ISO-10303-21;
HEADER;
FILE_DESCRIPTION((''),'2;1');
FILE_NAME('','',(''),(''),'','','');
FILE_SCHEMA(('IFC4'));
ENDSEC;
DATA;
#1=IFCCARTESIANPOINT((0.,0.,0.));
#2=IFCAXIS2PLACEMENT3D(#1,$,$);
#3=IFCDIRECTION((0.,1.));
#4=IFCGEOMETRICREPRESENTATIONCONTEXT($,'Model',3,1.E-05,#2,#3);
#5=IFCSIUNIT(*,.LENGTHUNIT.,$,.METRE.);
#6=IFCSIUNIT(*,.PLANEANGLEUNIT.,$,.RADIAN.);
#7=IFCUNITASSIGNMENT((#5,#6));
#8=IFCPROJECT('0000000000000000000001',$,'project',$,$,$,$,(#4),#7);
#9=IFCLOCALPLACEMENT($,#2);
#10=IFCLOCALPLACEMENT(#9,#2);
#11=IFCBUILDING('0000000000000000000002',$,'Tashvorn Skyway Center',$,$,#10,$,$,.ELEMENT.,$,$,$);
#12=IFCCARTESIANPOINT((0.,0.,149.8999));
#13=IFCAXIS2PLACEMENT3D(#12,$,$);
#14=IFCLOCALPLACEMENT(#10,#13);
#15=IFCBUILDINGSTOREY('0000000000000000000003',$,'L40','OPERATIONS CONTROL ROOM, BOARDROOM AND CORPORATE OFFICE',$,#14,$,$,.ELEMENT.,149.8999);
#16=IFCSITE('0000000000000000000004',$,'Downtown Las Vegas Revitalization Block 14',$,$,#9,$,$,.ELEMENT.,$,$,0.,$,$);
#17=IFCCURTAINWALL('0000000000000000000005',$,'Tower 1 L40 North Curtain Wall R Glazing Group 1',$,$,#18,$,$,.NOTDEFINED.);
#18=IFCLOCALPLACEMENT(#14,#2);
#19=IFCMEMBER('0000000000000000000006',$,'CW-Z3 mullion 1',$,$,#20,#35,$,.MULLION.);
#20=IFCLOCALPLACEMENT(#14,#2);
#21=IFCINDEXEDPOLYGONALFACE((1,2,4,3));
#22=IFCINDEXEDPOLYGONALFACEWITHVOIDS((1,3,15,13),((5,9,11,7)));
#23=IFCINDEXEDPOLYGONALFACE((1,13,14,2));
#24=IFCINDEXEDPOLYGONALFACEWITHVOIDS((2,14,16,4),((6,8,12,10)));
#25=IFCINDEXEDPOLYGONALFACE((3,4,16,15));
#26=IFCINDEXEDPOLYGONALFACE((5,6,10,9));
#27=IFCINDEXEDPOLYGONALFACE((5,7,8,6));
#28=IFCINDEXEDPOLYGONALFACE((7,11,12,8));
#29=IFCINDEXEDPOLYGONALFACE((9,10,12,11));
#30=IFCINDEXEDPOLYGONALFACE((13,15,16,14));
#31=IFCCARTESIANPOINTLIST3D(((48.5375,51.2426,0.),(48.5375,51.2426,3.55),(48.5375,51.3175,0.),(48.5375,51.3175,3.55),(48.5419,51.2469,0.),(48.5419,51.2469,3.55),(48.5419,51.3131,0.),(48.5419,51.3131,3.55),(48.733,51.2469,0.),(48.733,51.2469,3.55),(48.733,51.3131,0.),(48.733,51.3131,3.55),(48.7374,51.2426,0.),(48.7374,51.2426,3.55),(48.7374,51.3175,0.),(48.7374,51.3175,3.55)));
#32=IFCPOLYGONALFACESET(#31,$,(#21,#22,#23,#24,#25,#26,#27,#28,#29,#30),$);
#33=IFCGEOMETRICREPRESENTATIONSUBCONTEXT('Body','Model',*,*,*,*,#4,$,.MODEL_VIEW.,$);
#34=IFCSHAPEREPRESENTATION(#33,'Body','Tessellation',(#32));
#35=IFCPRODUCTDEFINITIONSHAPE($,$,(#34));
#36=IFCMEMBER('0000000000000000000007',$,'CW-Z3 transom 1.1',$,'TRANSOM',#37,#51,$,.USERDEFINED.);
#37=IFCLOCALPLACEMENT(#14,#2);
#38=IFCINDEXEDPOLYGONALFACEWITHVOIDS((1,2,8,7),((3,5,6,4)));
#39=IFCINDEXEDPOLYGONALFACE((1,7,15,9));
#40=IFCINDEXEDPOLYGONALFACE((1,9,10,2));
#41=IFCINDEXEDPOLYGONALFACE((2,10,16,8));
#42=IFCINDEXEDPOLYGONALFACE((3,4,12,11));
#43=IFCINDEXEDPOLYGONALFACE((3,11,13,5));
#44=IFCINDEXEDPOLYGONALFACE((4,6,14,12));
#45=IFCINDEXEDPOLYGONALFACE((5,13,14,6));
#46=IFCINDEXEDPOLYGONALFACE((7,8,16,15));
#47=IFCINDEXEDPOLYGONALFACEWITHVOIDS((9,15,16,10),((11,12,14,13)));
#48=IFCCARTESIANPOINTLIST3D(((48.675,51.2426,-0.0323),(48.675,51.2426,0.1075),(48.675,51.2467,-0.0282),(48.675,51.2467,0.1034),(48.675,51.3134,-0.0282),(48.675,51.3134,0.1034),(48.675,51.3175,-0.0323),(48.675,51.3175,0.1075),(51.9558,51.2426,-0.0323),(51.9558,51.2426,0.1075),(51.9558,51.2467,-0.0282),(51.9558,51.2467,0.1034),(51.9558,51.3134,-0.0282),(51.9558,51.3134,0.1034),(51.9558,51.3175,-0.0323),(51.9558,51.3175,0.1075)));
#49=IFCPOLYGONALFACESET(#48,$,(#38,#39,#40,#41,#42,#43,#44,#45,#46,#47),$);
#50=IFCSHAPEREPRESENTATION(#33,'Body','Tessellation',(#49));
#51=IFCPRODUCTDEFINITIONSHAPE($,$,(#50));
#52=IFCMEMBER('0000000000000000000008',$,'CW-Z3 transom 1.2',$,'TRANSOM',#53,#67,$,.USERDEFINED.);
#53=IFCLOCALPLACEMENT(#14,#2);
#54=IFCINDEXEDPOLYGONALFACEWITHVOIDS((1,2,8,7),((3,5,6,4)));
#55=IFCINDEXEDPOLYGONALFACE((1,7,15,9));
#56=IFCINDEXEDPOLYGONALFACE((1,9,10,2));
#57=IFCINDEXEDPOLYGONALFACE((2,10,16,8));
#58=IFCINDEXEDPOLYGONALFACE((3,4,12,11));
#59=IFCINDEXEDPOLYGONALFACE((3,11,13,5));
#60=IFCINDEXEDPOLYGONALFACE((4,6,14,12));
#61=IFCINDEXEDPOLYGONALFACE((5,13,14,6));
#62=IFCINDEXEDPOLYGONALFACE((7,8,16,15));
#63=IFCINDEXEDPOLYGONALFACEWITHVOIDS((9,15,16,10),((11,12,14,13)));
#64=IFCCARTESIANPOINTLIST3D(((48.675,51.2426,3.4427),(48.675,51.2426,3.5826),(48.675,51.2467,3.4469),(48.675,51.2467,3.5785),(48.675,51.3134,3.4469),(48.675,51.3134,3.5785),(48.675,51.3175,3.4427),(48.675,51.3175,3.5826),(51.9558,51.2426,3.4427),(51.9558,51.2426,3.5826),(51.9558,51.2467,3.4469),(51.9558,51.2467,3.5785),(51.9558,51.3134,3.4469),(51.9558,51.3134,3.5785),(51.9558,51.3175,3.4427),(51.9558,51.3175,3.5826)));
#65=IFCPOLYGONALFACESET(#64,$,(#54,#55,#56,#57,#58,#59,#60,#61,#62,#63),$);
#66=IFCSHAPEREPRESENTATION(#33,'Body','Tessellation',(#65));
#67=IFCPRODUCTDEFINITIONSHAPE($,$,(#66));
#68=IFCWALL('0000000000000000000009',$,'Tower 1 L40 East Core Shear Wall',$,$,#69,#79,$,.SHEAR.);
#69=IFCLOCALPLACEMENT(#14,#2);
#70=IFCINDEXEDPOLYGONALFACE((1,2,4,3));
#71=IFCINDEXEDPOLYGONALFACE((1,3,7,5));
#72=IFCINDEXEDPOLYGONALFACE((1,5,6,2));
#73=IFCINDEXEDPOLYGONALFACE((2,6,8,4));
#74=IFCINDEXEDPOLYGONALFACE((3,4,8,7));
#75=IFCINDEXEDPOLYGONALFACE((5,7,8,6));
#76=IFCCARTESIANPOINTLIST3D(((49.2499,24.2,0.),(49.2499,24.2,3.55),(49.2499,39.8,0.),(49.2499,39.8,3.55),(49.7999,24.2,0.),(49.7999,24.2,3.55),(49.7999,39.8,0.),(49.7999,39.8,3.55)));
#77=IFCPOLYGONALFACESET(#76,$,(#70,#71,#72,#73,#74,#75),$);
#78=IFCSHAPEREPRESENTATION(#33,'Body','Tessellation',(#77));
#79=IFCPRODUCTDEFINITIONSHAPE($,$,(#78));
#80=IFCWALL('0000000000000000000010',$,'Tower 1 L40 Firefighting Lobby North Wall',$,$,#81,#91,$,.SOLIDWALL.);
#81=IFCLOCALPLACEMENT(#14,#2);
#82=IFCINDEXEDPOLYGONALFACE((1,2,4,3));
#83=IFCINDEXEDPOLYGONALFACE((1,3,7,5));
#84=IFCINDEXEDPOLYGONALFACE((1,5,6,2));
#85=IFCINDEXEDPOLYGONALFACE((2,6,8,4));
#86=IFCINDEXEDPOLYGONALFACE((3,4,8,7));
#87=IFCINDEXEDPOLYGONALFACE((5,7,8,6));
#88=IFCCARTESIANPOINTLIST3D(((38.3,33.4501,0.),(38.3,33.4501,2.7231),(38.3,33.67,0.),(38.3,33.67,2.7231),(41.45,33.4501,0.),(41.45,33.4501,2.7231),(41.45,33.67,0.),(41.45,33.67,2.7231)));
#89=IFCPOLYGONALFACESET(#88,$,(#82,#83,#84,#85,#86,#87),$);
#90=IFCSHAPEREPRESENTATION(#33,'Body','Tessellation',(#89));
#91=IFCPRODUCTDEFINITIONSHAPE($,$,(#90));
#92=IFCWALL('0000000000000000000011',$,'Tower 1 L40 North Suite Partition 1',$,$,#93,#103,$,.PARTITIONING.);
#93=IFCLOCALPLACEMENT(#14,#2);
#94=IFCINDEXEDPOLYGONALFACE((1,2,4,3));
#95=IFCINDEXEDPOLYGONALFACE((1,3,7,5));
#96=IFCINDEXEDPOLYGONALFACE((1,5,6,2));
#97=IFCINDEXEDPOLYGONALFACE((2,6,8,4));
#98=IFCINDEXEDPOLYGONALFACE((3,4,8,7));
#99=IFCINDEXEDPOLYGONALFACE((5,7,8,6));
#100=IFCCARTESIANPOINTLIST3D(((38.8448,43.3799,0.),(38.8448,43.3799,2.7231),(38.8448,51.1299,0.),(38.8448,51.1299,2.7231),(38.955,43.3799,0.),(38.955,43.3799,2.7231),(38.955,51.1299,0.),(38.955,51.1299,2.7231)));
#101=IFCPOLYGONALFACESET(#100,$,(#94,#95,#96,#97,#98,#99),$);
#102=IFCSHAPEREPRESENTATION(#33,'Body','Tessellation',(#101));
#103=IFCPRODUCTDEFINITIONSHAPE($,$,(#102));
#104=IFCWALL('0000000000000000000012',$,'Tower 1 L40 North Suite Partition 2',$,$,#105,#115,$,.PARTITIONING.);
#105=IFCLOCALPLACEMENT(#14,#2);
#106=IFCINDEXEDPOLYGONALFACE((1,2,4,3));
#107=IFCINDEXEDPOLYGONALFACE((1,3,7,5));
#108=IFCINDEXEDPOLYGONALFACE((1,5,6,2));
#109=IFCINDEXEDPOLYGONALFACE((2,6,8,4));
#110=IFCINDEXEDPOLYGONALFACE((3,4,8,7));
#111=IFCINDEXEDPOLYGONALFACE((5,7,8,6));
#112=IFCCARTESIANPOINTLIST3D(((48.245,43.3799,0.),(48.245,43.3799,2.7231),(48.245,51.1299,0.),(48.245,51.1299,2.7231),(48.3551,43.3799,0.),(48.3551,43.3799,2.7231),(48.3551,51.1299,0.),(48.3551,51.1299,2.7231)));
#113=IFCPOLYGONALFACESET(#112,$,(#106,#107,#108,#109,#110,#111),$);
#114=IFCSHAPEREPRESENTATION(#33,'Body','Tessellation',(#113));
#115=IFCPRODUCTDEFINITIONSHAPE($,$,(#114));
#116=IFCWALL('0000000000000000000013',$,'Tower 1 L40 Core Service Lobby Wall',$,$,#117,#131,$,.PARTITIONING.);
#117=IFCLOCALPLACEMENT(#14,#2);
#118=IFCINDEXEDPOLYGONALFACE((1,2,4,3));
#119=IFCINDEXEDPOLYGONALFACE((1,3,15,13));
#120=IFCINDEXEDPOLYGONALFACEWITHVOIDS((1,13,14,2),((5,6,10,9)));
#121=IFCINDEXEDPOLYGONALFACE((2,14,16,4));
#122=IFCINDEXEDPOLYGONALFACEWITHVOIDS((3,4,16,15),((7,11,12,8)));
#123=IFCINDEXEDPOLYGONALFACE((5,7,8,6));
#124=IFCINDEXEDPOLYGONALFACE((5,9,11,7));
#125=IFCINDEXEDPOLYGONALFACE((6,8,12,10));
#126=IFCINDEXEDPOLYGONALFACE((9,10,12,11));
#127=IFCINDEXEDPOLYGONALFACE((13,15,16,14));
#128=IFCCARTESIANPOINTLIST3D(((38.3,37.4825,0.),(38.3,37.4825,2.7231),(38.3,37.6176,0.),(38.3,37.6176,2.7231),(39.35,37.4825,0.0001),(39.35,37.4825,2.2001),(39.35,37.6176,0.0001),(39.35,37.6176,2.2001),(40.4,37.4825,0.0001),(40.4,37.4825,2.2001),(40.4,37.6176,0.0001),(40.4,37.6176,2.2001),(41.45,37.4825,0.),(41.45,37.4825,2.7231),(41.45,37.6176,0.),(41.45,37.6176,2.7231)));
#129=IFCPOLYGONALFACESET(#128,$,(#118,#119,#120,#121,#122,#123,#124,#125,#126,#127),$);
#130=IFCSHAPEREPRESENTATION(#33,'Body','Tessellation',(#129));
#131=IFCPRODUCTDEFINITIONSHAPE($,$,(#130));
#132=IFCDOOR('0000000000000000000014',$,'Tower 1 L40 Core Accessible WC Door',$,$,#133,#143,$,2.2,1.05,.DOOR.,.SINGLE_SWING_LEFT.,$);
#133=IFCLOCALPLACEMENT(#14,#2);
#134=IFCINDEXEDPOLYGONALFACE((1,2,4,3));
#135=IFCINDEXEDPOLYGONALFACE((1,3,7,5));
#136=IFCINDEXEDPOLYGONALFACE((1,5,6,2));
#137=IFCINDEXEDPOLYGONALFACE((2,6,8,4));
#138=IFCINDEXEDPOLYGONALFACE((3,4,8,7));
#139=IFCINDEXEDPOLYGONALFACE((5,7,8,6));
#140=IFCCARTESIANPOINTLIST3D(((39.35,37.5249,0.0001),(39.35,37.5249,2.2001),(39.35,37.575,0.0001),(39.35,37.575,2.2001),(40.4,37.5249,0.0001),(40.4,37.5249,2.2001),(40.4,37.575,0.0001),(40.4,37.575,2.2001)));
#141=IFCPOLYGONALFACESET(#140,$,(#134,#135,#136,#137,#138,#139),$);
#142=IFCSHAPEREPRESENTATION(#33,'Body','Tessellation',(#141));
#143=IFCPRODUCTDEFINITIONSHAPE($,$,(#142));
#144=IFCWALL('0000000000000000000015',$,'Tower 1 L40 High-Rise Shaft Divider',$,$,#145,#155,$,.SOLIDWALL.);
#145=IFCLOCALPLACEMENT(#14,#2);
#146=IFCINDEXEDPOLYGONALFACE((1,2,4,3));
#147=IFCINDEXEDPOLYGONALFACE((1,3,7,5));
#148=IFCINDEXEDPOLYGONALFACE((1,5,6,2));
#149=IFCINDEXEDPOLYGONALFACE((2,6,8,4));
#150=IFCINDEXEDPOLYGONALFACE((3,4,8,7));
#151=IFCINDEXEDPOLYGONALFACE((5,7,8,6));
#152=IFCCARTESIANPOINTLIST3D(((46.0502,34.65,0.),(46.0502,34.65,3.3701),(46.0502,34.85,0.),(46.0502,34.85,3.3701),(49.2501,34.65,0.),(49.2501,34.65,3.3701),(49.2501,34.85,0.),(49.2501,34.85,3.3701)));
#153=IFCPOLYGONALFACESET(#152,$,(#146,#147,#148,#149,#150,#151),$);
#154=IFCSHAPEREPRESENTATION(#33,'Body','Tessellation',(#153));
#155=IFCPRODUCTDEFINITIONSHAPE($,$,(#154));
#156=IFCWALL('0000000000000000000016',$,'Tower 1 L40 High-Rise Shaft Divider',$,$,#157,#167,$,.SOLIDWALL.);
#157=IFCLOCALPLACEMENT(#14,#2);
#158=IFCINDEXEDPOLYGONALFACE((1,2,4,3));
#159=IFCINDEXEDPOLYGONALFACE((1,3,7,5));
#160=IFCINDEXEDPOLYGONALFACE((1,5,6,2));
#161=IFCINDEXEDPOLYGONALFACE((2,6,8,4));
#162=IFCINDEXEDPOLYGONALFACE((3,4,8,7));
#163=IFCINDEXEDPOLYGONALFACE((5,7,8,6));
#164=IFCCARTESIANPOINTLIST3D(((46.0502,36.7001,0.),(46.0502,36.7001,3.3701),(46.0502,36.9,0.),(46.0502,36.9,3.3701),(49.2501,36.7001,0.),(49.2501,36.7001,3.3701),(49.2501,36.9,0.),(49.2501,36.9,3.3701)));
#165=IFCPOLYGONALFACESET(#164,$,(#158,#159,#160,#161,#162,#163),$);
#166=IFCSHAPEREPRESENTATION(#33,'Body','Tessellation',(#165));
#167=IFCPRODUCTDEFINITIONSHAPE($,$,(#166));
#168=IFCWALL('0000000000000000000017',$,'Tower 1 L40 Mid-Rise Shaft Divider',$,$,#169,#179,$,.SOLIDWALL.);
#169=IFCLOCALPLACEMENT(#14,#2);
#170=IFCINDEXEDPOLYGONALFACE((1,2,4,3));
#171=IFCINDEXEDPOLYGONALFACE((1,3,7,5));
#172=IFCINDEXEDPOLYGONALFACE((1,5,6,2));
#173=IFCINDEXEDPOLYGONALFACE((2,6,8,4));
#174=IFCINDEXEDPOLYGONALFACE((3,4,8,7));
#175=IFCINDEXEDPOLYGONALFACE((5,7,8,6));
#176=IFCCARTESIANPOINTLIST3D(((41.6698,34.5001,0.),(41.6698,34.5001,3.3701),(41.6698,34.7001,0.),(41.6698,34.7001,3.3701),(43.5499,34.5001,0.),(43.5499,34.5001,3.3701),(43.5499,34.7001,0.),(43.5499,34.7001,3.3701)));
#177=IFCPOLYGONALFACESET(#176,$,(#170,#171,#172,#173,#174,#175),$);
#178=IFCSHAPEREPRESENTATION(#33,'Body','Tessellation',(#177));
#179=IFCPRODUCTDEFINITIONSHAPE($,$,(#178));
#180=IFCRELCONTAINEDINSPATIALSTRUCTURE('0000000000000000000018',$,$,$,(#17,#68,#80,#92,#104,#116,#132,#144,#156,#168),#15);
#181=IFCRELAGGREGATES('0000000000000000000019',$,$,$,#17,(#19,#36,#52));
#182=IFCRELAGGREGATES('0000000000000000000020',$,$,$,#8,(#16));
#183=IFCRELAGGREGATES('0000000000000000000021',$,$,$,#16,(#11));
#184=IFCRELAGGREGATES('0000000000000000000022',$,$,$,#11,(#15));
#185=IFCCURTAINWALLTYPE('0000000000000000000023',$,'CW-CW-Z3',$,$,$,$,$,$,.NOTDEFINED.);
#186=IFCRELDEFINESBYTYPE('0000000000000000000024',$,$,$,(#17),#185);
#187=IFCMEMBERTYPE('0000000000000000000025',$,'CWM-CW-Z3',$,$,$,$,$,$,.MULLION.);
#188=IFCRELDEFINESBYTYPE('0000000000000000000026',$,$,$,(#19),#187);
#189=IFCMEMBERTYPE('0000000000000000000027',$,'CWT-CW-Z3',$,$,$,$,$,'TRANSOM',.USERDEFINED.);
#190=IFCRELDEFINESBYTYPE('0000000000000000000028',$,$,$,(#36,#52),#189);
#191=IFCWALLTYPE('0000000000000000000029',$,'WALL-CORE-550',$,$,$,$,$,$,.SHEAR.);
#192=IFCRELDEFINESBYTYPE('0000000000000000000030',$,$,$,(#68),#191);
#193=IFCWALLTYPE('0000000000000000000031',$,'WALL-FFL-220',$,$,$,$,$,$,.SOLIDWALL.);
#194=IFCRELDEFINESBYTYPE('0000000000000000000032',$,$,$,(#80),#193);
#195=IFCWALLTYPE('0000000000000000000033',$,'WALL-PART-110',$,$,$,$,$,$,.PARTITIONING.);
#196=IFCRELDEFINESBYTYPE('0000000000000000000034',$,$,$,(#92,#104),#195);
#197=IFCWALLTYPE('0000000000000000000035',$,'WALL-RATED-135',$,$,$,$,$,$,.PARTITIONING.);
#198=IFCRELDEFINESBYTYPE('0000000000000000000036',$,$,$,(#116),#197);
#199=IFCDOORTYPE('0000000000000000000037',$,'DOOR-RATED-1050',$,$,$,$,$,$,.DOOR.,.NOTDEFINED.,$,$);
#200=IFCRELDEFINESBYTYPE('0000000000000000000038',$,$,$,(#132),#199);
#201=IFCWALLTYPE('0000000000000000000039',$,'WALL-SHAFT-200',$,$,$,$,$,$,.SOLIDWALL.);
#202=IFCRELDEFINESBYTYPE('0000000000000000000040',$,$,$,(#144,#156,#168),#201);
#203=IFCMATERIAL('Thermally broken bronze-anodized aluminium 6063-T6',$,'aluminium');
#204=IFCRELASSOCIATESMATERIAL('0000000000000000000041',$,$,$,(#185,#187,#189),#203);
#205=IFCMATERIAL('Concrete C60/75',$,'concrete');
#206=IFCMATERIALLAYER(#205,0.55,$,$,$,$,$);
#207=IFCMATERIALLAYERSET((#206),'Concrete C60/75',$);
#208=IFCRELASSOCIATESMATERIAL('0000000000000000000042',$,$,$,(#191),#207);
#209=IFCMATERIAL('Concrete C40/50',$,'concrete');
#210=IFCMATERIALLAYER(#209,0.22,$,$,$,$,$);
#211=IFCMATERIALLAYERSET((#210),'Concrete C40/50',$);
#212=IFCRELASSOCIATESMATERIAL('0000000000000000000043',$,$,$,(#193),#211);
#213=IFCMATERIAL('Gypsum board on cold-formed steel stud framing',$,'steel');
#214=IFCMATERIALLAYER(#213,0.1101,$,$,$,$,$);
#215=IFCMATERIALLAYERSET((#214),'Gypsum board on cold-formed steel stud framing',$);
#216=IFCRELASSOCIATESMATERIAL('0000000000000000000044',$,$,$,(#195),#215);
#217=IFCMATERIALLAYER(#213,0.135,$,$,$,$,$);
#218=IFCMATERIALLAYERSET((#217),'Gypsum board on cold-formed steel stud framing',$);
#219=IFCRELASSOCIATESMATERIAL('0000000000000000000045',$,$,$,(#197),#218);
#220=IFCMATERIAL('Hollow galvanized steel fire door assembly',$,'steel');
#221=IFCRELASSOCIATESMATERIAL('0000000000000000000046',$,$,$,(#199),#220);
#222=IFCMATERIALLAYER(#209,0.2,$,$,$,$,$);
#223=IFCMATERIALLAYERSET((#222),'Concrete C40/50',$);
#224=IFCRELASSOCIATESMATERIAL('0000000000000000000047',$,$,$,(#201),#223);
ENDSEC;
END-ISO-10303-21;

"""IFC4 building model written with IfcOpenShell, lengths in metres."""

from ifc_helpers import new_model, si_unit, direction, frame, frame_2d, origin, origin_2d, place, context, subcontext, project, spatial, rectangle, hollow_rectangle, extrude, material, layer, layer_set, material_profile, profile_set, type_object, element, fill, aggregate, save


model = new_model("IFC4")

# Units and contexts
model_context = context("Model", 3, precision=1e-05, world=origin(), true_north=direction((0.0, 1.0)))
body_context = subcontext(model_context, "Body", "Model", "MODEL_VIEW")
ifc_project = project(units=[si_unit("LENGTHUNIT", "METRE"), si_unit("PLANEANGLEUNIT", "RADIAN")], contexts=[model_context])

# Site, building, storey
site_placement = place(None, origin())
site = spatial("IfcSite", under=ifc_project, at=site_placement, Name="Downtown Las Vegas Revitalization Block 14", CompositionType="ELEMENT", RefElevation=0.0)
building_placement = place(site_placement, origin())
building = spatial("IfcBuilding", under=site, at=building_placement, Name="Tashvorn Skyway Center", CompositionType="ELEMENT")
storey_placement = place(building_placement, frame((0.0, 0.0, 149.8999)))
storey = spatial("IfcBuildingStorey", under=building, at=storey_placement, Name="L40", Description="OPERATIONS CONTROL ROOM, BOARDROOM AND CORPORATE OFFICE", CompositionType="ELEMENT", Elevation=149.8999)

# Curtain wall, members
ifc_material_1 = material(Name="Thermally broken bronze-anodized aluminium 6063-T6", Category="aluminium")
curtain_wall_type = type_object("IfcCurtainWallType", Name="CW-CW-Z3", PredefinedType="NOTDEFINED", material=ifc_material_1)
curtain_wall_placement = place(storey_placement, origin())
curtain_wall = element("IfcCurtainWall", 1, at=curtain_wall_placement, inside=storey, type_object=curtain_wall_type, Name="Tower 1 L40 North Curtain Wall R Glazing Group 1", PredefinedType="NOTDEFINED")
ifc_material_profile_1 = material_profile(ifc_material_1, hollow_rectangle(XDim=0.075, YDim=0.2, WallThickness=0.0044, at=origin_2d()), Name="ALU-MULL-75x200")
ifc_profile_set_1 = profile_set([ifc_material_profile_1], Name="Thermally broken bronze-anodized aluminium 6063-T6")
member_type_1 = type_object("IfcMemberType", Name="CWM-CW-Z3", PredefinedType="MULLION", material=ifc_profile_set_1)
member_1_placement = place(storey_placement, frame((48.6375, 51.28, 0.0), z_axis=(0.0, 0.0, 1.0), x_axis=(0.0, 1.0, 0.0)))
member_1 = element("IfcMember", 2, at=member_1_placement, type_object=member_type_1, Name="CW-Z3 mullion 1", PredefinedType="MULLION", context=body_context, shape_type="SweptSolid", body=[
    extrude(hollow_rectangle(XDim=0.075, YDim=0.2, WallThickness=0.0044, at=origin_2d()), origin(), (0.0, 0.0, 1.0), 3.55),
])
ifc_material_profile_2 = material_profile(ifc_material_1, hollow_rectangle(XDim=0.075, YDim=0.1399, WallThickness=0.0042, at=origin_2d()), Name="ALU-TRAN-75x140")
ifc_profile_set_2 = profile_set([ifc_material_profile_2], Name="Thermally broken bronze-anodized aluminium 6063-T6")
member_type_2 = type_object("IfcMemberType", Name="CWT-CW-Z3", ElementType="TRANSOM", PredefinedType="USERDEFINED", material=ifc_profile_set_2)
member_2_placement = place(storey_placement, frame((48.675, 51.28, 0.0376), z_axis=(1.0, 0.0, 0.0), x_axis=(0.0, 1.0, 0.0)))
member_2 = element("IfcMember", 3, at=member_2_placement, type_object=member_type_2, Name="CW-Z3 transom 1.1", ObjectType="TRANSOM", PredefinedType="USERDEFINED", context=body_context, shape_type="SweptSolid", body=[
    extrude(hollow_rectangle(XDim=0.075, YDim=0.1399, WallThickness=0.0042, at=origin_2d()), origin(), (0.0, 0.0, 1.0), 3.2808),
])
member_3_placement = place(storey_placement, frame((48.675, 51.28, 3.5127), z_axis=(1.0, 0.0, 0.0), x_axis=(0.0, 1.0, 0.0)))
member_3 = element("IfcMember", 4, at=member_3_placement, type_object=member_type_2, Name="CW-Z3 transom 1.2", ObjectType="TRANSOM", PredefinedType="USERDEFINED", context=body_context, shape_type="SweptSolid", body=[
    extrude(hollow_rectangle(XDim=0.075, YDim=0.1399, WallThickness=0.0042, at=origin_2d()), origin(), (0.0, 0.0, 1.0), 3.2808),
])
aggregate(curtain_wall, [member_1, member_2, member_3])

# Walls
ifc_material_2 = material(Name="Concrete C60/75", Category="concrete")
ifc_layer_1 = layer(ifc_material_2, 0.55)
ifc_layer_set_1 = layer_set([ifc_layer_1], Name="Concrete C60/75")
wall_type_1 = type_object("IfcWallType", Name="WALL-CORE-550", PredefinedType="SHEAR", material=ifc_layer_set_1)
wall_1_placement = place(storey_placement, frame((49.5249, 39.8, 0.0), z_axis=(0.0, 0.0, 1.0), x_axis=(0.0, -1.0, 0.0)))
element("IfcWall", 5, at=wall_1_placement, inside=storey, type_object=wall_type_1, Name="Tower 1 L40 East Core Shear Wall", PredefinedType="SHEAR", context=body_context, shape_type="SweptSolid", body=[
    extrude(rectangle(XDim=15.6001, YDim=0.55, at=frame_2d((7.8, 0.0))), origin(), (0.0, 0.0, 1.0), 3.55),
])
ifc_material_3 = material(Name="Concrete C40/50", Category="concrete")
ifc_layer_2 = layer(ifc_material_3, 0.22)
ifc_layer_set_2 = layer_set([ifc_layer_2], Name="Concrete C40/50")
wall_type_2 = type_object("IfcWallType", Name="WALL-FFL-220", PredefinedType="SOLIDWALL", material=ifc_layer_set_2)
wall_2_placement = place(storey_placement, frame((38.3, 33.5601, 0.0), z_axis=(0.0, 0.0, 1.0), x_axis=(1.0, 0.0, 0.0)))
element("IfcWall", 6, at=wall_2_placement, inside=storey, type_object=wall_type_2, Name="Tower 1 L40 Firefighting Lobby North Wall", PredefinedType="SOLIDWALL", context=body_context, shape_type="SweptSolid", body=[
    extrude(rectangle(XDim=3.1499, YDim=0.22, at=frame_2d((1.575, 0.0))), origin(), (0.0, 0.0, 1.0), 2.7231),
])
ifc_material_4 = material(Name="Gypsum board on cold-formed steel stud framing", Category="steel")
ifc_layer_3 = layer(ifc_material_4, 0.1101)
ifc_layer_set_3 = layer_set([ifc_layer_3], Name="Gypsum board on cold-formed steel stud framing")
wall_type_3 = type_object("IfcWallType", Name="WALL-PART-110", PredefinedType="PARTITIONING", material=ifc_layer_set_3)
for number, where, z_axis, x_axis, name in (
    (7, (38.8999, 43.3799, 0.0), (0.0, 0.0, 1.0), (0.0, 1.0, 0.0), "Tower 1 L40 North Suite Partition 1"),
    (8, (48.3, 43.3799, 0.0), (0.0, 0.0, 1.0), (0.0, 1.0, 0.0), "Tower 1 L40 North Suite Partition 2"),
):
    element("IfcWall", number, at=place(storey_placement, frame(where, z_axis=z_axis, x_axis=x_axis)), inside=storey, type_object=wall_type_3, Name=name, PredefinedType="PARTITIONING", context=body_context, shape_type="SweptSolid", body=[
        extrude(rectangle(XDim=7.75, YDim=0.1101, at=frame_2d((3.875, 0.0))), origin(), (0.0, 0.0, 1.0), 2.7231),
    ])

# Wall, opening, door
ifc_layer_4 = layer(ifc_material_4, 0.135)
ifc_layer_set_4 = layer_set([ifc_layer_4], Name="Gypsum board on cold-formed steel stud framing")
wall_type_4 = type_object("IfcWallType", Name="WALL-RATED-135", PredefinedType="PARTITIONING", material=ifc_layer_set_4)
wall_3_placement = place(storey_placement, frame((38.3, 37.55, 0.0), z_axis=(0.0, 0.0, 1.0), x_axis=(1.0, 0.0, 0.0)))
wall_3 = element("IfcWall", 9, at=wall_3_placement, inside=storey, type_object=wall_type_4, Name="Tower 1 L40 Core Service Lobby Wall", PredefinedType="PARTITIONING", context=body_context, shape_type="SweptSolid", body=[
    extrude(rectangle(XDim=3.1499, YDim=0.135, at=frame_2d((1.575, 0.0))), origin(), (0.0, 0.0, 1.0), 2.7231),
])
opening_1_placement = place(wall_3_placement, frame((1.05, 0.0, 0.0)))
opening_1 = element("IfcOpeningElement", 10, at=opening_1_placement, cuts=wall_3, PredefinedType="OPENING", context=body_context, shape_type="SweptSolid", body=[
    extrude(rectangle(XDim=1.05, YDim=2.2, at=frame_2d((0.5249, 1.1001))), frame((0.0, 0.0774, 0.0), z_axis=(0.0, -1.0, 0.0), x_axis=(1.0, 0.0, 0.0)), (0.0, 0.0, 1.0), 0.155),
])
ifc_material_5 = material(Name="Hollow galvanized steel fire door assembly", Category="steel")
door_type_1 = type_object("IfcDoorType", Name="DOOR-RATED-1050", OperationType="NOTDEFINED", PredefinedType="DOOR", material=ifc_material_5)
door_1_placement = place(opening_1_placement, origin())
door_1 = element("IfcDoor", 11, at=door_1_placement, inside=storey, type_object=door_type_1, Name="Tower 1 L40 Core Accessible WC Door", OperationType="SINGLE_SWING_LEFT", OverallHeight=2.2, OverallWidth=1.05, PredefinedType="DOOR", context=body_context, shape_type="SweptSolid", body=[
    extrude(rectangle(XDim=1.05, YDim=2.2, at=frame_2d((0.5249, 1.1001))), frame((0.0, 0.0249, 0.0), z_axis=(0.0, -1.0, 0.0), x_axis=(1.0, 0.0, 0.0)), (0.0, 0.0, 1.0), 0.05),
])
fill(opening_1, door_1)

# Walls
ifc_layer_5 = layer(ifc_material_3, 0.2)
ifc_layer_set_5 = layer_set([ifc_layer_5], Name="Concrete C40/50")
wall_type_5 = type_object("IfcWallType", Name="WALL-SHAFT-200", PredefinedType="SOLIDWALL", material=ifc_layer_set_5)
for number, where, z_axis, x_axis, name in (
    (12, (46.05, 34.75, 0.0), (0.0, 0.0, 1.0), (1.0, 0.0, 0.0), "Tower 1 L40 High-Rise Shaft Divider"),
    (13, (46.05, 36.8, 0.0), (0.0, 0.0, 1.0), (1.0, 0.0, 0.0), "Tower 1 L40 High-Rise Shaft Divider"),
):
    element("IfcWall", number, at=place(storey_placement, frame(where, z_axis=z_axis, x_axis=x_axis)), inside=storey, type_object=wall_type_5, Name=name, PredefinedType="SOLIDWALL", context=body_context, shape_type="SweptSolid", body=[
        extrude(rectangle(XDim=3.2, YDim=0.2, at=frame_2d((1.6001, 0.0))), origin(), (0.0, 0.0, 1.0), 3.3701),
    ])
for number, where, z_axis, x_axis, name in (
    (14, (41.6699, 34.6001, 0.0), (0.0, 0.0, 1.0), (1.0, 0.0, 0.0), "Tower 1 L40 Mid-Rise Shaft Divider"),
):
    element("IfcWall", number, at=place(storey_placement, frame(where, z_axis=z_axis, x_axis=x_axis)), inside=storey, type_object=wall_type_5, Name=name, PredefinedType="SOLIDWALL", context=body_context, shape_type="SweptSolid", body=[
        extrude(rectangle(XDim=1.8801, YDim=0.2, at=frame_2d((0.9399, 0.0))), origin(), (0.0, 0.0, 1.0), 3.3701),
    ])

save(model, "model.ifc")
